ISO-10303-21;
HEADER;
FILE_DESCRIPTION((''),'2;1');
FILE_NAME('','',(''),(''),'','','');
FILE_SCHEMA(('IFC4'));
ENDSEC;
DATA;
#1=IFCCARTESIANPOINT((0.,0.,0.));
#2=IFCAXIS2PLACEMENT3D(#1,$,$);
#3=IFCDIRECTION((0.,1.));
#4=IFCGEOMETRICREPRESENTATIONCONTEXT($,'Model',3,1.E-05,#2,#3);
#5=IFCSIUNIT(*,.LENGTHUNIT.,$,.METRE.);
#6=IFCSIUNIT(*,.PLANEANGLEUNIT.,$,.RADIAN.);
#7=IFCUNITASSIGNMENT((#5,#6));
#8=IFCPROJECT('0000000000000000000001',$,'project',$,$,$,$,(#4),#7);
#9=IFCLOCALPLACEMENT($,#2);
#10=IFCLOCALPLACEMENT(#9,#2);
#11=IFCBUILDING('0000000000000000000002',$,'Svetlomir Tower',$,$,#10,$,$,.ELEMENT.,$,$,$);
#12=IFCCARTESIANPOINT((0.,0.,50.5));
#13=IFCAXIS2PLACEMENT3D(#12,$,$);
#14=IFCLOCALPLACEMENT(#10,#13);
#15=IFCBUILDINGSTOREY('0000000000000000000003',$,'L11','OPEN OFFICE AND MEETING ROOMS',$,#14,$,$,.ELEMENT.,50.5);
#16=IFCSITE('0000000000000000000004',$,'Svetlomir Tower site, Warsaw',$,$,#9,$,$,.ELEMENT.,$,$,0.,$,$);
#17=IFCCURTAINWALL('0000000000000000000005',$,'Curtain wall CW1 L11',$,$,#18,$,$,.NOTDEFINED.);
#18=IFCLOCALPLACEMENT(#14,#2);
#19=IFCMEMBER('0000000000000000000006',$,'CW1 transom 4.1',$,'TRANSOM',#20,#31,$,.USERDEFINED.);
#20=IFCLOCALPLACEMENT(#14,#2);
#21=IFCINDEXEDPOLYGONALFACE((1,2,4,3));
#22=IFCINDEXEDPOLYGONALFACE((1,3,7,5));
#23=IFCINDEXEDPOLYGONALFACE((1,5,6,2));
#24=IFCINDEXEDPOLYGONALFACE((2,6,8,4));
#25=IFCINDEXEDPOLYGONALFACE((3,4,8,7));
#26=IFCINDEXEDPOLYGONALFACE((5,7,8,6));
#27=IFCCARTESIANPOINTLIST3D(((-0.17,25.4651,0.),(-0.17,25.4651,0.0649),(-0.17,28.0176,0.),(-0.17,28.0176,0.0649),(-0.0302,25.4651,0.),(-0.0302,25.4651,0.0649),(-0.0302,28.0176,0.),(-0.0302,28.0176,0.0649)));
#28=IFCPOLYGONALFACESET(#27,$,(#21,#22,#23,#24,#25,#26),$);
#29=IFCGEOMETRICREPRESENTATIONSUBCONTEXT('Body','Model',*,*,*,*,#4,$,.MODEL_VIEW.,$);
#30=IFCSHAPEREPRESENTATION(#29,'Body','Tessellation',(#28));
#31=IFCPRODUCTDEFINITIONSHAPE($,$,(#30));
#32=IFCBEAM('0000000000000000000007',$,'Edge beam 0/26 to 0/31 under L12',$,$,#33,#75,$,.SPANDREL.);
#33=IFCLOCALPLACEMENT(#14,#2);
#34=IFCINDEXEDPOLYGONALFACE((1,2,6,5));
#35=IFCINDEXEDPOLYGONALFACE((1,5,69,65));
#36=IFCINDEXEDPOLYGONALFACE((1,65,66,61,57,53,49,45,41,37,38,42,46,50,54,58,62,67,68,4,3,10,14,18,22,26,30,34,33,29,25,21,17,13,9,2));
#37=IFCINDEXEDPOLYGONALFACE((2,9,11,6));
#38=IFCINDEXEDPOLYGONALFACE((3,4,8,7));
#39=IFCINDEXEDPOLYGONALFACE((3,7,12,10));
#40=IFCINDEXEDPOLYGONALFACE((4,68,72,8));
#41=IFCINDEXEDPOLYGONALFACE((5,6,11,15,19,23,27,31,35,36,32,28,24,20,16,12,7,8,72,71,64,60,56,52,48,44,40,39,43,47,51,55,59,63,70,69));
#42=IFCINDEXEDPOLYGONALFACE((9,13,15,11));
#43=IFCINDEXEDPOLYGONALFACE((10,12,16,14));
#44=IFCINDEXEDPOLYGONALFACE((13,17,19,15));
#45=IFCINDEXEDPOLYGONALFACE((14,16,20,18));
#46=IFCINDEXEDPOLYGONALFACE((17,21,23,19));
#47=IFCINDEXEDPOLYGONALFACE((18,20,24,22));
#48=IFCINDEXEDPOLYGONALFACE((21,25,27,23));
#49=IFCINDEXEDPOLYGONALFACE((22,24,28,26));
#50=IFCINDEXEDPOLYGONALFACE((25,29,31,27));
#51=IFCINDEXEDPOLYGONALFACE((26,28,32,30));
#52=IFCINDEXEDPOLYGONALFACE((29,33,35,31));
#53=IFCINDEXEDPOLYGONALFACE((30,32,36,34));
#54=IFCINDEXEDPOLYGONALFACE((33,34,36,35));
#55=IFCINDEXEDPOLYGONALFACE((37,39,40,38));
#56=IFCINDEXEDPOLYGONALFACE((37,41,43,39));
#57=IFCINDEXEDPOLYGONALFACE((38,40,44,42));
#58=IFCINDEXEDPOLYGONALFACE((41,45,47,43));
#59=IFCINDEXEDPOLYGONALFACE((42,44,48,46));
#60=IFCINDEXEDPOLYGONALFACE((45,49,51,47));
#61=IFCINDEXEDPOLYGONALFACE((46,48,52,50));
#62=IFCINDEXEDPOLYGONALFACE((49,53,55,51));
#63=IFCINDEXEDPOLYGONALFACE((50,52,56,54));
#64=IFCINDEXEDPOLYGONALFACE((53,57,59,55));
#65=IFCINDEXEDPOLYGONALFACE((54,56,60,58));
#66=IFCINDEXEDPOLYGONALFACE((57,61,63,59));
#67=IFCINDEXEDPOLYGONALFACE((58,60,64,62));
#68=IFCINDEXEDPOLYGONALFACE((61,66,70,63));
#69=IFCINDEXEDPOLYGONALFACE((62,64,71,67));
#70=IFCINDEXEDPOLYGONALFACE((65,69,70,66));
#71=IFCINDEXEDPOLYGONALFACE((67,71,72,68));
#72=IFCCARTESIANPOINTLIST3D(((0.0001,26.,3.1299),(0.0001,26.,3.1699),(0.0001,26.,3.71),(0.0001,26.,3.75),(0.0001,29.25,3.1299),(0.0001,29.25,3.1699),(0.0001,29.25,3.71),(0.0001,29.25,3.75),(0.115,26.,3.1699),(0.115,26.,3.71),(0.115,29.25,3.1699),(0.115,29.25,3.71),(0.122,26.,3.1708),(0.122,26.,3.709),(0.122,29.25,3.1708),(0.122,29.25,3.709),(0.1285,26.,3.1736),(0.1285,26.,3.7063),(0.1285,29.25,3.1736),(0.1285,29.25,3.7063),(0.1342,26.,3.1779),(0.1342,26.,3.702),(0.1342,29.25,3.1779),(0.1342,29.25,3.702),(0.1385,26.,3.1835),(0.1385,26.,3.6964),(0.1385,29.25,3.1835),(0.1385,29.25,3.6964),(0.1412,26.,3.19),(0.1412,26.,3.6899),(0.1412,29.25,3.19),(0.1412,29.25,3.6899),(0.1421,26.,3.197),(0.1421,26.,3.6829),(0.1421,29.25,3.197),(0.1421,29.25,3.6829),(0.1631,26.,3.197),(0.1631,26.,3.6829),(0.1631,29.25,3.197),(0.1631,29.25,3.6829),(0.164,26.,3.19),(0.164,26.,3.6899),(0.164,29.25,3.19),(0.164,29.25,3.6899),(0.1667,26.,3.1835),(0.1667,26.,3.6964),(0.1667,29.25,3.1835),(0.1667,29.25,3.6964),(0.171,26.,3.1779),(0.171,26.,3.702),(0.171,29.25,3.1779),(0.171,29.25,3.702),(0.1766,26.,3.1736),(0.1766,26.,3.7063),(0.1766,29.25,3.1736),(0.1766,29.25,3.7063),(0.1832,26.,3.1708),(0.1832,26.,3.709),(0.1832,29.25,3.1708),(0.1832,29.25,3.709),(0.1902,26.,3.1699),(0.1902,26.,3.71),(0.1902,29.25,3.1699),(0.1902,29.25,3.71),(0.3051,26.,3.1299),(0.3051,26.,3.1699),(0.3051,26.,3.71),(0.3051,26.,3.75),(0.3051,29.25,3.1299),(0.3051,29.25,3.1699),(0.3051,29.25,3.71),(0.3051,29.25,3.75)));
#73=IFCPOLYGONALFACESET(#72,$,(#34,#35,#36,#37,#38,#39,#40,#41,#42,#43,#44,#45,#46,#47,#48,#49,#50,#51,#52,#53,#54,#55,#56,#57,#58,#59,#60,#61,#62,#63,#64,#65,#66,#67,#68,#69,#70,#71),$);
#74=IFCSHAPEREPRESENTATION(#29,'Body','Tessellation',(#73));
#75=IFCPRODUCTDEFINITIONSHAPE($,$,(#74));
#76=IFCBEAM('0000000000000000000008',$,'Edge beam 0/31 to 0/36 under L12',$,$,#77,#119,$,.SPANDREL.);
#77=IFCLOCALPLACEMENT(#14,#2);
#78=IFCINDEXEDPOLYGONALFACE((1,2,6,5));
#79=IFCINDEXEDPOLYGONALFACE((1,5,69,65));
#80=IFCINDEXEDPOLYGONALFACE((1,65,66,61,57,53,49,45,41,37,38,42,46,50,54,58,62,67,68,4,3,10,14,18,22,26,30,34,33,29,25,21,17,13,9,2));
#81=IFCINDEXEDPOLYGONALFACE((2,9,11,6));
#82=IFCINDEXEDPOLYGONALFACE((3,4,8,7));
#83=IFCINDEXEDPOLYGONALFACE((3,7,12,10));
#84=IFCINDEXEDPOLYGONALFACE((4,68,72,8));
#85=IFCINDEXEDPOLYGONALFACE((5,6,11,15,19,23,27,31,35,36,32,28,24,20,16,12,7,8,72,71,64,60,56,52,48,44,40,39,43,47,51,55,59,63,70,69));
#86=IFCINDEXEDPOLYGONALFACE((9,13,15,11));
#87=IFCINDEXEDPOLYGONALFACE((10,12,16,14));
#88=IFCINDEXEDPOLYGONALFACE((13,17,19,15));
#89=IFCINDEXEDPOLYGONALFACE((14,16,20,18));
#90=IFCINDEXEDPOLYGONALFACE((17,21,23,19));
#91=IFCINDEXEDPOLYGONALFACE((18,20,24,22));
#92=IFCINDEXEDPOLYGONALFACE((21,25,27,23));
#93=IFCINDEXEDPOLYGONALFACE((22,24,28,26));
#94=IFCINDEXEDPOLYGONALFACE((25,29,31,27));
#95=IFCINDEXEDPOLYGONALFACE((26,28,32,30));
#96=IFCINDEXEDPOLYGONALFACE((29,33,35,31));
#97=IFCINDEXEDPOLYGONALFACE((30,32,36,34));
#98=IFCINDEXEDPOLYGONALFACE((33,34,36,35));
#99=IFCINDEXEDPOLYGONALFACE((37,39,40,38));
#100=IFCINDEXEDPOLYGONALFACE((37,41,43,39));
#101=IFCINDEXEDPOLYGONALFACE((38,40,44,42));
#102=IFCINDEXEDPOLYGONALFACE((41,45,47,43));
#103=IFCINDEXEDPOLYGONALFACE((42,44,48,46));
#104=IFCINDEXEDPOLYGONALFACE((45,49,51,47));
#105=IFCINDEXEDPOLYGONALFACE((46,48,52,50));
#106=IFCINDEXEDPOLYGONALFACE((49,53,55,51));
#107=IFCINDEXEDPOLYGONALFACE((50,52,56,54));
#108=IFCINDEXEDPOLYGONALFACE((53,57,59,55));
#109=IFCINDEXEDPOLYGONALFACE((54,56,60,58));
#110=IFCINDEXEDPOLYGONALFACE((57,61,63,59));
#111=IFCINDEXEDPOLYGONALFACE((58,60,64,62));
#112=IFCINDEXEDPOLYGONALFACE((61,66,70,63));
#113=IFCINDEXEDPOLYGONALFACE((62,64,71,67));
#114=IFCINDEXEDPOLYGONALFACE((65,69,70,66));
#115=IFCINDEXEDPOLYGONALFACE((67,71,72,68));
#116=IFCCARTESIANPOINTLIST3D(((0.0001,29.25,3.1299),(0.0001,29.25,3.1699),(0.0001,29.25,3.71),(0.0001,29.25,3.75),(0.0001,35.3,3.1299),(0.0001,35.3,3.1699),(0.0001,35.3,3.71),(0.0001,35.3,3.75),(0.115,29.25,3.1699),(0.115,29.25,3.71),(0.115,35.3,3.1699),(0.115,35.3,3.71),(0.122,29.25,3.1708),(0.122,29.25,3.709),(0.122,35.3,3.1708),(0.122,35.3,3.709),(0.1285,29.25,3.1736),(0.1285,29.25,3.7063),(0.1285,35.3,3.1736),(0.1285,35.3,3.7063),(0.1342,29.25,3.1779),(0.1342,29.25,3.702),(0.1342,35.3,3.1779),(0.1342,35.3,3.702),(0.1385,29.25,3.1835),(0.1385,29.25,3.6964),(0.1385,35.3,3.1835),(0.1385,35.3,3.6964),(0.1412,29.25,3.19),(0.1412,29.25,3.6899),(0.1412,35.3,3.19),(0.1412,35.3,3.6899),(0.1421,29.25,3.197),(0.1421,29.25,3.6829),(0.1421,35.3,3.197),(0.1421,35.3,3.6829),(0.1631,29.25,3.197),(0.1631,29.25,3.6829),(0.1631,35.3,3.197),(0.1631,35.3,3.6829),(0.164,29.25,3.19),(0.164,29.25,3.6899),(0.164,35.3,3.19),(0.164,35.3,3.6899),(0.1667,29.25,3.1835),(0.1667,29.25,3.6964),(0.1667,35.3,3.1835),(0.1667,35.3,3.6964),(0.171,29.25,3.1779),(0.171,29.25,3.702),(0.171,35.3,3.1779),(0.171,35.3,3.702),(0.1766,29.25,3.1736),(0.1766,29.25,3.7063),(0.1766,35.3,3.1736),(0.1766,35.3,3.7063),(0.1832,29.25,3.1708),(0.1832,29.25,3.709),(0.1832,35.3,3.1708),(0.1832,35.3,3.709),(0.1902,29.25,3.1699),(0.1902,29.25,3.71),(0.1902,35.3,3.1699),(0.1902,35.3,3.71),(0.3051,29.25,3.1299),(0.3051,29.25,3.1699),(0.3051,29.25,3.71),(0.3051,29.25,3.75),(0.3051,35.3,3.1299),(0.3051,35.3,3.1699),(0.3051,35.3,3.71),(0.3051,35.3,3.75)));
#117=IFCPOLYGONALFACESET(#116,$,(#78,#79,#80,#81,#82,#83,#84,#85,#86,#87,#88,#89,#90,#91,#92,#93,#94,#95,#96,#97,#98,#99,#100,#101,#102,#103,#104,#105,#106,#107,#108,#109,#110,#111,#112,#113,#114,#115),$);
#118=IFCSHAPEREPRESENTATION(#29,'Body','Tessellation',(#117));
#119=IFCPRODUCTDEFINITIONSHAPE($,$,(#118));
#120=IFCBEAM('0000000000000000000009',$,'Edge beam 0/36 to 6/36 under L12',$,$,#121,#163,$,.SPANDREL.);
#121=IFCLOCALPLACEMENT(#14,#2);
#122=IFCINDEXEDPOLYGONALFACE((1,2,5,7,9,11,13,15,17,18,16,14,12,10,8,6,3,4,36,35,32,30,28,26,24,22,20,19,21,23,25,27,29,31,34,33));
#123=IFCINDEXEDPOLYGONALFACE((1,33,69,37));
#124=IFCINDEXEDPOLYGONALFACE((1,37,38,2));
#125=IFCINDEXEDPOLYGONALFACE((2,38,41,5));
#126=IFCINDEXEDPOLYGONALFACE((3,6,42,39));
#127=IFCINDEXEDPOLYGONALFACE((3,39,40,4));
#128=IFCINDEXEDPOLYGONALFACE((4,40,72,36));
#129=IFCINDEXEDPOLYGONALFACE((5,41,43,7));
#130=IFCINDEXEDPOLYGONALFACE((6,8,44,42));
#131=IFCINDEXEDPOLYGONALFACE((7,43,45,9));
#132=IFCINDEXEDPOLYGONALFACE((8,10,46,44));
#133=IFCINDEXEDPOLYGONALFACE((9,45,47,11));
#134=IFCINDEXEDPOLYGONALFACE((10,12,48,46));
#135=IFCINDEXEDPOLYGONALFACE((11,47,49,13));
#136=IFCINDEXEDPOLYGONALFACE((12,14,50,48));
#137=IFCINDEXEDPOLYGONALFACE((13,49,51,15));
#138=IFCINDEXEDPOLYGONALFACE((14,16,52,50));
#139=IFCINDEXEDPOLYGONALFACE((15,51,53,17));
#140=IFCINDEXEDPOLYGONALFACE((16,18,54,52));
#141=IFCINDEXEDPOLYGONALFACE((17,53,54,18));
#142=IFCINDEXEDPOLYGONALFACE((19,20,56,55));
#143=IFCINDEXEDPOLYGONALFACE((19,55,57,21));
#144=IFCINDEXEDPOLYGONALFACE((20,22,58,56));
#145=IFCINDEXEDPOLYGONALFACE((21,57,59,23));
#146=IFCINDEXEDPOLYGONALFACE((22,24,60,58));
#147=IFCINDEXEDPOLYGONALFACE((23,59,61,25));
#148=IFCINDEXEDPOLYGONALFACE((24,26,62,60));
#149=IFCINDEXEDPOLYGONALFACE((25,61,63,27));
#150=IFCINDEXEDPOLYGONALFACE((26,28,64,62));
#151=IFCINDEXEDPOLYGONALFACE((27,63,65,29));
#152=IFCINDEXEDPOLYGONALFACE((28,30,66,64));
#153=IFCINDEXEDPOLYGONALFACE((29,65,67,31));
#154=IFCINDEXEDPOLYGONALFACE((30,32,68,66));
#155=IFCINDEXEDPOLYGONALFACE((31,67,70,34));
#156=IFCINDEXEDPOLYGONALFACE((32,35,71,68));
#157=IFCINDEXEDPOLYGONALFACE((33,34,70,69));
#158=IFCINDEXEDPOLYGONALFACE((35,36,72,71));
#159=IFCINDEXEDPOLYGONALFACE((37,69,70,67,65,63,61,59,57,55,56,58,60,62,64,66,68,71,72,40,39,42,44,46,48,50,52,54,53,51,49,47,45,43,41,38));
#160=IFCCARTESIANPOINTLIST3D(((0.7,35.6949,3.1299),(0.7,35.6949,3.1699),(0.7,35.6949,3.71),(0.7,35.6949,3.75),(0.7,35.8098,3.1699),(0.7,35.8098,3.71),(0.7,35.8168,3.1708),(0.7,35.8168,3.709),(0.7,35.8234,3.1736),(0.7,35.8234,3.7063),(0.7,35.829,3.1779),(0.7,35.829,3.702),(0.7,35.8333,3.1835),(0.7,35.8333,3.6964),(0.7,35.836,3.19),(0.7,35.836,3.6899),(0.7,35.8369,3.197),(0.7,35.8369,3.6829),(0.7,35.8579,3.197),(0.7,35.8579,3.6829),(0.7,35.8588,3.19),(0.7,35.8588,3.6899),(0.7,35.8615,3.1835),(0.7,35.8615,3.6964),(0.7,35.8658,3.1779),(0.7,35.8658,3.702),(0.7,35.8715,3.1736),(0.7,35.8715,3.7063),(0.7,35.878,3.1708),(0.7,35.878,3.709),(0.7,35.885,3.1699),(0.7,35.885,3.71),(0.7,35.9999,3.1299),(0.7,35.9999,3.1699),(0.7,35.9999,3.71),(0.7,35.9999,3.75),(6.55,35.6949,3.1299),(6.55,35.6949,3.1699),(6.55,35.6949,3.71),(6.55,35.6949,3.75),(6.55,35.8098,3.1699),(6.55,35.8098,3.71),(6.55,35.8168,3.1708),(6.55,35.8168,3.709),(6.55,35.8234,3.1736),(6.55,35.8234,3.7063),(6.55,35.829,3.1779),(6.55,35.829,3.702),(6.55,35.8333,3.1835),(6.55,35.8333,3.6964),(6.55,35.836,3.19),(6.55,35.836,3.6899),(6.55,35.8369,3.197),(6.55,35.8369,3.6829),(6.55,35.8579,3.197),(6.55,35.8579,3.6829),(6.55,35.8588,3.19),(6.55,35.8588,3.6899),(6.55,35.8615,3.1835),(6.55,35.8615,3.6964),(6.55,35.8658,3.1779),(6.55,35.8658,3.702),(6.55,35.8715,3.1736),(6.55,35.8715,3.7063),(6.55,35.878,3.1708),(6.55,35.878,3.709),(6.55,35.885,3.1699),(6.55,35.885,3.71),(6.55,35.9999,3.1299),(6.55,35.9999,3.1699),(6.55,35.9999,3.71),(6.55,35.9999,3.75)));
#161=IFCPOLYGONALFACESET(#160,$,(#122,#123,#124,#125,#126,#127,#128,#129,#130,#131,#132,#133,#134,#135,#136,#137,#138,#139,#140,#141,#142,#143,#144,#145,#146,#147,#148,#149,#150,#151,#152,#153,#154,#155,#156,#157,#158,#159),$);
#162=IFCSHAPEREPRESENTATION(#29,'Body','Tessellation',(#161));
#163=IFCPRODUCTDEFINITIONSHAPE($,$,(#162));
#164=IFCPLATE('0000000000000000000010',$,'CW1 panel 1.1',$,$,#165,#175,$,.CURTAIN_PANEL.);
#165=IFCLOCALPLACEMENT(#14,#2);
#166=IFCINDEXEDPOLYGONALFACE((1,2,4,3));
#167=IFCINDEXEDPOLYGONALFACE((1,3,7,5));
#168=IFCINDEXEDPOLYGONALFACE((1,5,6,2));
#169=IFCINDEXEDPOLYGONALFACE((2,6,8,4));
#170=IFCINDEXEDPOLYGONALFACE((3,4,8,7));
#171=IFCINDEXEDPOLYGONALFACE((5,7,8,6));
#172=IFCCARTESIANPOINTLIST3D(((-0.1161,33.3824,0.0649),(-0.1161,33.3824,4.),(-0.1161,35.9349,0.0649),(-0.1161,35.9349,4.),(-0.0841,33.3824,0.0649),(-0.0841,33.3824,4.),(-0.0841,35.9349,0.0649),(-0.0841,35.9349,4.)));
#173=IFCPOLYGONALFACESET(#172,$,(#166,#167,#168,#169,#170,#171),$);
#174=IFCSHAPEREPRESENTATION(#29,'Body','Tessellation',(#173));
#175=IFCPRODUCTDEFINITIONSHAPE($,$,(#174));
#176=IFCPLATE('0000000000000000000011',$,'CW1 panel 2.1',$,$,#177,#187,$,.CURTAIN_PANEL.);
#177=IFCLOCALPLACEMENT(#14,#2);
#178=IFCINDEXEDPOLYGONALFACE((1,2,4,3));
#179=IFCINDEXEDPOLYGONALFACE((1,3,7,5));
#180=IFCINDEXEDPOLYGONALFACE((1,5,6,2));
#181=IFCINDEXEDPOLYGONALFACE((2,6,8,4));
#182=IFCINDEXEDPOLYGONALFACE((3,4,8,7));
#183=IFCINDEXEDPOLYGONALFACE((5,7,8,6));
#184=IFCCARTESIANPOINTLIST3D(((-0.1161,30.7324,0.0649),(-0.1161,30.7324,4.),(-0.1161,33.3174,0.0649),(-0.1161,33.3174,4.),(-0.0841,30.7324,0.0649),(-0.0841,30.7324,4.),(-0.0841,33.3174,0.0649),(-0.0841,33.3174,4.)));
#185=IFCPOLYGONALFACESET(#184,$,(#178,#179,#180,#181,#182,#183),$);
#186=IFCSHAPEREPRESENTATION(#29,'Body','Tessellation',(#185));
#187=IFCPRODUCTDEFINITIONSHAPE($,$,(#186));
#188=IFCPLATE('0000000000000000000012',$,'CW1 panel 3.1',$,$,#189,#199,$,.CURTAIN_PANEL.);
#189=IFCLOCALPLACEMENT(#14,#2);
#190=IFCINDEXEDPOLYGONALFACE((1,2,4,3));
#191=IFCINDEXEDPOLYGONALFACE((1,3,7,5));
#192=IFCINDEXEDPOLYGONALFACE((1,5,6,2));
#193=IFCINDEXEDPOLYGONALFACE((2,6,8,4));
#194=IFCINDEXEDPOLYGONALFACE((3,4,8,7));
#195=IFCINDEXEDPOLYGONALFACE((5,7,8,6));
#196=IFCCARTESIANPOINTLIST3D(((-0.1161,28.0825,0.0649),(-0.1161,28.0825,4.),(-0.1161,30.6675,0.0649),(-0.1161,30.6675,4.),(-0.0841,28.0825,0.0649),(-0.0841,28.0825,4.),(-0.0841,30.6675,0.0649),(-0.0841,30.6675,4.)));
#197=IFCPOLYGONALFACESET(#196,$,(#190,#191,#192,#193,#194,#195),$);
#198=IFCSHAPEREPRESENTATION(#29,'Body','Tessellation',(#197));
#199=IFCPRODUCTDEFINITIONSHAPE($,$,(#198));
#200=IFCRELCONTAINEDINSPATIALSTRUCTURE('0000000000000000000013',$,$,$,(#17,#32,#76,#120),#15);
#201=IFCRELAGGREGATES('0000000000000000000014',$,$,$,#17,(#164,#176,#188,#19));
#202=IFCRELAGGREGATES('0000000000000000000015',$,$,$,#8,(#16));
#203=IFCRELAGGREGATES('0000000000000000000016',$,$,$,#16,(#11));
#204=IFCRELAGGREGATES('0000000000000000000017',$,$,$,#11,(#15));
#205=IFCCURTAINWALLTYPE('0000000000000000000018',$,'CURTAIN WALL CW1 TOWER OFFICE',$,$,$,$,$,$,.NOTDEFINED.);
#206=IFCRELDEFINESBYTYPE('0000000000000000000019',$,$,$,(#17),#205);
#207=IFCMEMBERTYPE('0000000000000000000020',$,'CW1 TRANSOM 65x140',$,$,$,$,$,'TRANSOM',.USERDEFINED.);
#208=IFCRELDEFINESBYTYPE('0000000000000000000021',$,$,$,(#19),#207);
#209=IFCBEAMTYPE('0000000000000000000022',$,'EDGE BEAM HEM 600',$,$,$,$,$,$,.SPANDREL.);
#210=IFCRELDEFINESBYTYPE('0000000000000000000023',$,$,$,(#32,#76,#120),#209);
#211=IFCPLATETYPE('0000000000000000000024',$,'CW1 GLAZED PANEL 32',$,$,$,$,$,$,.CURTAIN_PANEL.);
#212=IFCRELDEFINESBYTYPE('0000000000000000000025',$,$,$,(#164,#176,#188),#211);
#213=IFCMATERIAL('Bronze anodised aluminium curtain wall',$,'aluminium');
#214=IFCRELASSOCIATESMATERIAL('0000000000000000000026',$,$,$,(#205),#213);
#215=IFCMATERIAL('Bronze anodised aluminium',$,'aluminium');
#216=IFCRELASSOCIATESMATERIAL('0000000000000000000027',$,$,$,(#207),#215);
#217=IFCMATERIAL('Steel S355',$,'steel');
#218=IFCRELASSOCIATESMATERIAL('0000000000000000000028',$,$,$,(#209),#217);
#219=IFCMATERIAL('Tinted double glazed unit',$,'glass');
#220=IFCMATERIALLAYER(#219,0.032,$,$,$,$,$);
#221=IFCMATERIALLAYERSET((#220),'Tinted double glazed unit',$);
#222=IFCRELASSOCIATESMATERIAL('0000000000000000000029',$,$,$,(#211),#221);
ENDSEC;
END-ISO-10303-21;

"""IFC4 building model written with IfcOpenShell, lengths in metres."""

from ifc_helpers import new_model, si_unit, direction, frame, origin, origin_2d, place, context, subcontext, project, spatial, rectangle, i_section, extrude, material, layer, layer_set, material_profile, profile_set, type_object, element, aggregate, save


model = new_model("IFC4")

# Units and contexts
model_context = context("Model", 3, precision=1e-05, world=origin(), true_north=direction((0.0, 1.0)))
body_context = subcontext(model_context, "Body", "Model", "MODEL_VIEW")
ifc_project = project(units=[si_unit("LENGTHUNIT", "METRE"), si_unit("PLANEANGLEUNIT", "RADIAN")], contexts=[model_context])

# Site, building, storey
site_placement = place(None, origin())
site = spatial("IfcSite", under=ifc_project, at=site_placement, Name="Svetlomir Tower site, Warsaw", CompositionType="ELEMENT", RefElevation=0.0)
building_placement = place(site_placement, origin())
building = spatial("IfcBuilding", under=site, at=building_placement, Name="Svetlomir Tower", CompositionType="ELEMENT")
storey_placement = place(building_placement, frame((0.0, 0.0, 50.5)))
storey = spatial("IfcBuildingStorey", under=building, at=storey_placement, Name="L11", Description="OPEN OFFICE AND MEETING ROOMS", CompositionType="ELEMENT", Elevation=50.5)

# Curtain wall, member
ifc_material_1 = material(Name="Bronze anodised aluminium curtain wall", Category="aluminium")
curtain_wall_type = type_object("IfcCurtainWallType", Name="CURTAIN WALL CW1 TOWER OFFICE", PredefinedType="NOTDEFINED", material=ifc_material_1)
curtain_wall_placement = place(storey_placement, origin())
curtain_wall = element("IfcCurtainWall", 1, at=curtain_wall_placement, inside=storey, type_object=curtain_wall_type, Name="Curtain wall CW1 L11", PredefinedType="NOTDEFINED")
ifc_material_2 = material(Name="Bronze anodised aluminium", Category="aluminium")
ifc_material_profile_1 = material_profile(ifc_material_2, rectangle(XDim=0.1399, YDim=0.0649, at=origin_2d()), Name="AL 140x65")
ifc_profile_set_1 = profile_set([ifc_material_profile_1], Name="Bronze anodised aluminium 6063-T6")
member_type_1 = type_object("IfcMemberType", Name="CW1 TRANSOM 65x140", ElementType="TRANSOM", PredefinedType="USERDEFINED", material=ifc_profile_set_1)
member_1_placement = place(storey_placement, frame((-0.1001, 28.0176, 0.0325), z_axis=(0.0, -1.0, 0.0), x_axis=(1.0, 0.0, 0.0)))
member_1 = element("IfcMember", 2, at=member_1_placement, type_object=member_type_1, Name="CW1 transom 4.1", ObjectType="TRANSOM", PredefinedType="USERDEFINED", context=body_context, shape_type="SweptSolid", body=[
    extrude(rectangle(XDim=0.1399, YDim=0.0649, at=origin_2d()), origin(), (0.0, 0.0, 1.0), 2.5525),
])

# Beams
ifc_material_3 = material(Name="Steel S355", Category="steel")
ifc_material_profile_2 = material_profile(ifc_material_3, i_section(OverallWidth=0.3049, OverallDepth=0.6201, WebThickness=0.021, FlangeThickness=0.04, FilletRadius=0.0271, at=origin_2d()), Name="HEM 600")
ifc_profile_set_2 = profile_set([ifc_material_profile_2], Name="Steel S355")
beam_type_1 = type_object("IfcBeamType", Name="EDGE BEAM HEM 600", PredefinedType="SPANDREL", material=ifc_profile_set_2)
beam_1_placement = place(storey_placement, frame((0.1526, 26.0, 3.4399), z_axis=(0.0, 1.0, 0.0), x_axis=(-1.0, 0.0, 0.0)))
element("IfcBeam", 3, at=beam_1_placement, inside=storey, type_object=beam_type_1, Name="Edge beam 0/26 to 0/31 under L12", PredefinedType="SPANDREL", context=body_context, shape_type="SweptSolid", body=[
    extrude(i_section(OverallWidth=0.3049, OverallDepth=0.6201, WebThickness=0.021, FlangeThickness=0.04, FilletRadius=0.0271, at=origin_2d()), origin(), (0.0, 0.0, 1.0), 3.25),
])
beam_2_placement = place(storey_placement, frame((0.1526, 29.25, 3.4399), z_axis=(0.0, 1.0, 0.0), x_axis=(-1.0, 0.0, 0.0)))
element("IfcBeam", 4, at=beam_2_placement, inside=storey, type_object=beam_type_1, Name="Edge beam 0/31 to 0/36 under L12", PredefinedType="SPANDREL", context=body_context, shape_type="SweptSolid", body=[
    extrude(i_section(OverallWidth=0.3049, OverallDepth=0.6201, WebThickness=0.021, FlangeThickness=0.04, FilletRadius=0.0271, at=origin_2d()), origin(), (0.0, 0.0, 1.0), 6.05),
])
beam_3_placement = place(storey_placement, frame((0.7, 35.8474, 3.4399), z_axis=(1.0, 0.0, 0.0), x_axis=(0.0, 1.0, 0.0)))
element("IfcBeam", 5, at=beam_3_placement, inside=storey, type_object=beam_type_1, Name="Edge beam 0/36 to 6/36 under L12", PredefinedType="SPANDREL", context=body_context, shape_type="SweptSolid", body=[
    extrude(i_section(OverallWidth=0.3049, OverallDepth=0.6201, WebThickness=0.021, FlangeThickness=0.04, FilletRadius=0.0271, at=origin_2d()), origin(), (0.0, 0.0, 1.0), 5.8501),
])

# Plates
ifc_material_4 = material(Name="Tinted double glazed unit", Category="glass")
ifc_layer_1 = layer(ifc_material_4, 0.032)
ifc_layer_set_1 = layer_set([ifc_layer_1], Name="Tinted double glazed unit")
plate_type = type_object("IfcPlateType", Name="CW1 GLAZED PANEL 32", PredefinedType="CURTAIN_PANEL", material=ifc_layer_set_1)
plate_1_placement = place(storey_placement, frame((-0.1001, 34.6587, 0.0649), z_axis=(0.0, 0.0, 1.0), x_axis=(0.0, -1.0, 0.0)))
plate_1 = element("IfcPlate", 6, at=plate_1_placement, type_object=plate_type, Name="CW1 panel 1.1", PredefinedType="CURTAIN_PANEL", context=body_context, shape_type="SweptSolid", body=[
    extrude(rectangle(XDim=2.5525, YDim=0.032, at=origin_2d()), origin(), (0.0, 0.0, 1.0), 3.9351),
])
plate_2_placement = place(storey_placement, frame((-0.1001, 32.0249, 0.0649), z_axis=(0.0, 0.0, 1.0), x_axis=(0.0, -1.0, 0.0)))
plate_2 = element("IfcPlate", 7, at=plate_2_placement, type_object=plate_type, Name="CW1 panel 2.1", PredefinedType="CURTAIN_PANEL", context=body_context, shape_type="SweptSolid", body=[
    extrude(rectangle(XDim=2.585, YDim=0.032, at=origin_2d()), origin(), (0.0, 0.0, 1.0), 3.9351),
])
plate_3_placement = place(storey_placement, frame((-0.1001, 29.375, 0.0649), z_axis=(0.0, 0.0, 1.0), x_axis=(0.0, -1.0, 0.0)))
plate_3 = element("IfcPlate", 8, at=plate_3_placement, type_object=plate_type, Name="CW1 panel 3.1", PredefinedType="CURTAIN_PANEL", context=body_context, shape_type="SweptSolid", body=[
    extrude(rectangle(XDim=2.585, YDim=0.032, at=origin_2d()), origin(), (0.0, 0.0, 1.0), 3.9351),
])
aggregate(curtain_wall, [plate_1, plate_2, plate_3, member_1])

save(model, "model.ifc")
